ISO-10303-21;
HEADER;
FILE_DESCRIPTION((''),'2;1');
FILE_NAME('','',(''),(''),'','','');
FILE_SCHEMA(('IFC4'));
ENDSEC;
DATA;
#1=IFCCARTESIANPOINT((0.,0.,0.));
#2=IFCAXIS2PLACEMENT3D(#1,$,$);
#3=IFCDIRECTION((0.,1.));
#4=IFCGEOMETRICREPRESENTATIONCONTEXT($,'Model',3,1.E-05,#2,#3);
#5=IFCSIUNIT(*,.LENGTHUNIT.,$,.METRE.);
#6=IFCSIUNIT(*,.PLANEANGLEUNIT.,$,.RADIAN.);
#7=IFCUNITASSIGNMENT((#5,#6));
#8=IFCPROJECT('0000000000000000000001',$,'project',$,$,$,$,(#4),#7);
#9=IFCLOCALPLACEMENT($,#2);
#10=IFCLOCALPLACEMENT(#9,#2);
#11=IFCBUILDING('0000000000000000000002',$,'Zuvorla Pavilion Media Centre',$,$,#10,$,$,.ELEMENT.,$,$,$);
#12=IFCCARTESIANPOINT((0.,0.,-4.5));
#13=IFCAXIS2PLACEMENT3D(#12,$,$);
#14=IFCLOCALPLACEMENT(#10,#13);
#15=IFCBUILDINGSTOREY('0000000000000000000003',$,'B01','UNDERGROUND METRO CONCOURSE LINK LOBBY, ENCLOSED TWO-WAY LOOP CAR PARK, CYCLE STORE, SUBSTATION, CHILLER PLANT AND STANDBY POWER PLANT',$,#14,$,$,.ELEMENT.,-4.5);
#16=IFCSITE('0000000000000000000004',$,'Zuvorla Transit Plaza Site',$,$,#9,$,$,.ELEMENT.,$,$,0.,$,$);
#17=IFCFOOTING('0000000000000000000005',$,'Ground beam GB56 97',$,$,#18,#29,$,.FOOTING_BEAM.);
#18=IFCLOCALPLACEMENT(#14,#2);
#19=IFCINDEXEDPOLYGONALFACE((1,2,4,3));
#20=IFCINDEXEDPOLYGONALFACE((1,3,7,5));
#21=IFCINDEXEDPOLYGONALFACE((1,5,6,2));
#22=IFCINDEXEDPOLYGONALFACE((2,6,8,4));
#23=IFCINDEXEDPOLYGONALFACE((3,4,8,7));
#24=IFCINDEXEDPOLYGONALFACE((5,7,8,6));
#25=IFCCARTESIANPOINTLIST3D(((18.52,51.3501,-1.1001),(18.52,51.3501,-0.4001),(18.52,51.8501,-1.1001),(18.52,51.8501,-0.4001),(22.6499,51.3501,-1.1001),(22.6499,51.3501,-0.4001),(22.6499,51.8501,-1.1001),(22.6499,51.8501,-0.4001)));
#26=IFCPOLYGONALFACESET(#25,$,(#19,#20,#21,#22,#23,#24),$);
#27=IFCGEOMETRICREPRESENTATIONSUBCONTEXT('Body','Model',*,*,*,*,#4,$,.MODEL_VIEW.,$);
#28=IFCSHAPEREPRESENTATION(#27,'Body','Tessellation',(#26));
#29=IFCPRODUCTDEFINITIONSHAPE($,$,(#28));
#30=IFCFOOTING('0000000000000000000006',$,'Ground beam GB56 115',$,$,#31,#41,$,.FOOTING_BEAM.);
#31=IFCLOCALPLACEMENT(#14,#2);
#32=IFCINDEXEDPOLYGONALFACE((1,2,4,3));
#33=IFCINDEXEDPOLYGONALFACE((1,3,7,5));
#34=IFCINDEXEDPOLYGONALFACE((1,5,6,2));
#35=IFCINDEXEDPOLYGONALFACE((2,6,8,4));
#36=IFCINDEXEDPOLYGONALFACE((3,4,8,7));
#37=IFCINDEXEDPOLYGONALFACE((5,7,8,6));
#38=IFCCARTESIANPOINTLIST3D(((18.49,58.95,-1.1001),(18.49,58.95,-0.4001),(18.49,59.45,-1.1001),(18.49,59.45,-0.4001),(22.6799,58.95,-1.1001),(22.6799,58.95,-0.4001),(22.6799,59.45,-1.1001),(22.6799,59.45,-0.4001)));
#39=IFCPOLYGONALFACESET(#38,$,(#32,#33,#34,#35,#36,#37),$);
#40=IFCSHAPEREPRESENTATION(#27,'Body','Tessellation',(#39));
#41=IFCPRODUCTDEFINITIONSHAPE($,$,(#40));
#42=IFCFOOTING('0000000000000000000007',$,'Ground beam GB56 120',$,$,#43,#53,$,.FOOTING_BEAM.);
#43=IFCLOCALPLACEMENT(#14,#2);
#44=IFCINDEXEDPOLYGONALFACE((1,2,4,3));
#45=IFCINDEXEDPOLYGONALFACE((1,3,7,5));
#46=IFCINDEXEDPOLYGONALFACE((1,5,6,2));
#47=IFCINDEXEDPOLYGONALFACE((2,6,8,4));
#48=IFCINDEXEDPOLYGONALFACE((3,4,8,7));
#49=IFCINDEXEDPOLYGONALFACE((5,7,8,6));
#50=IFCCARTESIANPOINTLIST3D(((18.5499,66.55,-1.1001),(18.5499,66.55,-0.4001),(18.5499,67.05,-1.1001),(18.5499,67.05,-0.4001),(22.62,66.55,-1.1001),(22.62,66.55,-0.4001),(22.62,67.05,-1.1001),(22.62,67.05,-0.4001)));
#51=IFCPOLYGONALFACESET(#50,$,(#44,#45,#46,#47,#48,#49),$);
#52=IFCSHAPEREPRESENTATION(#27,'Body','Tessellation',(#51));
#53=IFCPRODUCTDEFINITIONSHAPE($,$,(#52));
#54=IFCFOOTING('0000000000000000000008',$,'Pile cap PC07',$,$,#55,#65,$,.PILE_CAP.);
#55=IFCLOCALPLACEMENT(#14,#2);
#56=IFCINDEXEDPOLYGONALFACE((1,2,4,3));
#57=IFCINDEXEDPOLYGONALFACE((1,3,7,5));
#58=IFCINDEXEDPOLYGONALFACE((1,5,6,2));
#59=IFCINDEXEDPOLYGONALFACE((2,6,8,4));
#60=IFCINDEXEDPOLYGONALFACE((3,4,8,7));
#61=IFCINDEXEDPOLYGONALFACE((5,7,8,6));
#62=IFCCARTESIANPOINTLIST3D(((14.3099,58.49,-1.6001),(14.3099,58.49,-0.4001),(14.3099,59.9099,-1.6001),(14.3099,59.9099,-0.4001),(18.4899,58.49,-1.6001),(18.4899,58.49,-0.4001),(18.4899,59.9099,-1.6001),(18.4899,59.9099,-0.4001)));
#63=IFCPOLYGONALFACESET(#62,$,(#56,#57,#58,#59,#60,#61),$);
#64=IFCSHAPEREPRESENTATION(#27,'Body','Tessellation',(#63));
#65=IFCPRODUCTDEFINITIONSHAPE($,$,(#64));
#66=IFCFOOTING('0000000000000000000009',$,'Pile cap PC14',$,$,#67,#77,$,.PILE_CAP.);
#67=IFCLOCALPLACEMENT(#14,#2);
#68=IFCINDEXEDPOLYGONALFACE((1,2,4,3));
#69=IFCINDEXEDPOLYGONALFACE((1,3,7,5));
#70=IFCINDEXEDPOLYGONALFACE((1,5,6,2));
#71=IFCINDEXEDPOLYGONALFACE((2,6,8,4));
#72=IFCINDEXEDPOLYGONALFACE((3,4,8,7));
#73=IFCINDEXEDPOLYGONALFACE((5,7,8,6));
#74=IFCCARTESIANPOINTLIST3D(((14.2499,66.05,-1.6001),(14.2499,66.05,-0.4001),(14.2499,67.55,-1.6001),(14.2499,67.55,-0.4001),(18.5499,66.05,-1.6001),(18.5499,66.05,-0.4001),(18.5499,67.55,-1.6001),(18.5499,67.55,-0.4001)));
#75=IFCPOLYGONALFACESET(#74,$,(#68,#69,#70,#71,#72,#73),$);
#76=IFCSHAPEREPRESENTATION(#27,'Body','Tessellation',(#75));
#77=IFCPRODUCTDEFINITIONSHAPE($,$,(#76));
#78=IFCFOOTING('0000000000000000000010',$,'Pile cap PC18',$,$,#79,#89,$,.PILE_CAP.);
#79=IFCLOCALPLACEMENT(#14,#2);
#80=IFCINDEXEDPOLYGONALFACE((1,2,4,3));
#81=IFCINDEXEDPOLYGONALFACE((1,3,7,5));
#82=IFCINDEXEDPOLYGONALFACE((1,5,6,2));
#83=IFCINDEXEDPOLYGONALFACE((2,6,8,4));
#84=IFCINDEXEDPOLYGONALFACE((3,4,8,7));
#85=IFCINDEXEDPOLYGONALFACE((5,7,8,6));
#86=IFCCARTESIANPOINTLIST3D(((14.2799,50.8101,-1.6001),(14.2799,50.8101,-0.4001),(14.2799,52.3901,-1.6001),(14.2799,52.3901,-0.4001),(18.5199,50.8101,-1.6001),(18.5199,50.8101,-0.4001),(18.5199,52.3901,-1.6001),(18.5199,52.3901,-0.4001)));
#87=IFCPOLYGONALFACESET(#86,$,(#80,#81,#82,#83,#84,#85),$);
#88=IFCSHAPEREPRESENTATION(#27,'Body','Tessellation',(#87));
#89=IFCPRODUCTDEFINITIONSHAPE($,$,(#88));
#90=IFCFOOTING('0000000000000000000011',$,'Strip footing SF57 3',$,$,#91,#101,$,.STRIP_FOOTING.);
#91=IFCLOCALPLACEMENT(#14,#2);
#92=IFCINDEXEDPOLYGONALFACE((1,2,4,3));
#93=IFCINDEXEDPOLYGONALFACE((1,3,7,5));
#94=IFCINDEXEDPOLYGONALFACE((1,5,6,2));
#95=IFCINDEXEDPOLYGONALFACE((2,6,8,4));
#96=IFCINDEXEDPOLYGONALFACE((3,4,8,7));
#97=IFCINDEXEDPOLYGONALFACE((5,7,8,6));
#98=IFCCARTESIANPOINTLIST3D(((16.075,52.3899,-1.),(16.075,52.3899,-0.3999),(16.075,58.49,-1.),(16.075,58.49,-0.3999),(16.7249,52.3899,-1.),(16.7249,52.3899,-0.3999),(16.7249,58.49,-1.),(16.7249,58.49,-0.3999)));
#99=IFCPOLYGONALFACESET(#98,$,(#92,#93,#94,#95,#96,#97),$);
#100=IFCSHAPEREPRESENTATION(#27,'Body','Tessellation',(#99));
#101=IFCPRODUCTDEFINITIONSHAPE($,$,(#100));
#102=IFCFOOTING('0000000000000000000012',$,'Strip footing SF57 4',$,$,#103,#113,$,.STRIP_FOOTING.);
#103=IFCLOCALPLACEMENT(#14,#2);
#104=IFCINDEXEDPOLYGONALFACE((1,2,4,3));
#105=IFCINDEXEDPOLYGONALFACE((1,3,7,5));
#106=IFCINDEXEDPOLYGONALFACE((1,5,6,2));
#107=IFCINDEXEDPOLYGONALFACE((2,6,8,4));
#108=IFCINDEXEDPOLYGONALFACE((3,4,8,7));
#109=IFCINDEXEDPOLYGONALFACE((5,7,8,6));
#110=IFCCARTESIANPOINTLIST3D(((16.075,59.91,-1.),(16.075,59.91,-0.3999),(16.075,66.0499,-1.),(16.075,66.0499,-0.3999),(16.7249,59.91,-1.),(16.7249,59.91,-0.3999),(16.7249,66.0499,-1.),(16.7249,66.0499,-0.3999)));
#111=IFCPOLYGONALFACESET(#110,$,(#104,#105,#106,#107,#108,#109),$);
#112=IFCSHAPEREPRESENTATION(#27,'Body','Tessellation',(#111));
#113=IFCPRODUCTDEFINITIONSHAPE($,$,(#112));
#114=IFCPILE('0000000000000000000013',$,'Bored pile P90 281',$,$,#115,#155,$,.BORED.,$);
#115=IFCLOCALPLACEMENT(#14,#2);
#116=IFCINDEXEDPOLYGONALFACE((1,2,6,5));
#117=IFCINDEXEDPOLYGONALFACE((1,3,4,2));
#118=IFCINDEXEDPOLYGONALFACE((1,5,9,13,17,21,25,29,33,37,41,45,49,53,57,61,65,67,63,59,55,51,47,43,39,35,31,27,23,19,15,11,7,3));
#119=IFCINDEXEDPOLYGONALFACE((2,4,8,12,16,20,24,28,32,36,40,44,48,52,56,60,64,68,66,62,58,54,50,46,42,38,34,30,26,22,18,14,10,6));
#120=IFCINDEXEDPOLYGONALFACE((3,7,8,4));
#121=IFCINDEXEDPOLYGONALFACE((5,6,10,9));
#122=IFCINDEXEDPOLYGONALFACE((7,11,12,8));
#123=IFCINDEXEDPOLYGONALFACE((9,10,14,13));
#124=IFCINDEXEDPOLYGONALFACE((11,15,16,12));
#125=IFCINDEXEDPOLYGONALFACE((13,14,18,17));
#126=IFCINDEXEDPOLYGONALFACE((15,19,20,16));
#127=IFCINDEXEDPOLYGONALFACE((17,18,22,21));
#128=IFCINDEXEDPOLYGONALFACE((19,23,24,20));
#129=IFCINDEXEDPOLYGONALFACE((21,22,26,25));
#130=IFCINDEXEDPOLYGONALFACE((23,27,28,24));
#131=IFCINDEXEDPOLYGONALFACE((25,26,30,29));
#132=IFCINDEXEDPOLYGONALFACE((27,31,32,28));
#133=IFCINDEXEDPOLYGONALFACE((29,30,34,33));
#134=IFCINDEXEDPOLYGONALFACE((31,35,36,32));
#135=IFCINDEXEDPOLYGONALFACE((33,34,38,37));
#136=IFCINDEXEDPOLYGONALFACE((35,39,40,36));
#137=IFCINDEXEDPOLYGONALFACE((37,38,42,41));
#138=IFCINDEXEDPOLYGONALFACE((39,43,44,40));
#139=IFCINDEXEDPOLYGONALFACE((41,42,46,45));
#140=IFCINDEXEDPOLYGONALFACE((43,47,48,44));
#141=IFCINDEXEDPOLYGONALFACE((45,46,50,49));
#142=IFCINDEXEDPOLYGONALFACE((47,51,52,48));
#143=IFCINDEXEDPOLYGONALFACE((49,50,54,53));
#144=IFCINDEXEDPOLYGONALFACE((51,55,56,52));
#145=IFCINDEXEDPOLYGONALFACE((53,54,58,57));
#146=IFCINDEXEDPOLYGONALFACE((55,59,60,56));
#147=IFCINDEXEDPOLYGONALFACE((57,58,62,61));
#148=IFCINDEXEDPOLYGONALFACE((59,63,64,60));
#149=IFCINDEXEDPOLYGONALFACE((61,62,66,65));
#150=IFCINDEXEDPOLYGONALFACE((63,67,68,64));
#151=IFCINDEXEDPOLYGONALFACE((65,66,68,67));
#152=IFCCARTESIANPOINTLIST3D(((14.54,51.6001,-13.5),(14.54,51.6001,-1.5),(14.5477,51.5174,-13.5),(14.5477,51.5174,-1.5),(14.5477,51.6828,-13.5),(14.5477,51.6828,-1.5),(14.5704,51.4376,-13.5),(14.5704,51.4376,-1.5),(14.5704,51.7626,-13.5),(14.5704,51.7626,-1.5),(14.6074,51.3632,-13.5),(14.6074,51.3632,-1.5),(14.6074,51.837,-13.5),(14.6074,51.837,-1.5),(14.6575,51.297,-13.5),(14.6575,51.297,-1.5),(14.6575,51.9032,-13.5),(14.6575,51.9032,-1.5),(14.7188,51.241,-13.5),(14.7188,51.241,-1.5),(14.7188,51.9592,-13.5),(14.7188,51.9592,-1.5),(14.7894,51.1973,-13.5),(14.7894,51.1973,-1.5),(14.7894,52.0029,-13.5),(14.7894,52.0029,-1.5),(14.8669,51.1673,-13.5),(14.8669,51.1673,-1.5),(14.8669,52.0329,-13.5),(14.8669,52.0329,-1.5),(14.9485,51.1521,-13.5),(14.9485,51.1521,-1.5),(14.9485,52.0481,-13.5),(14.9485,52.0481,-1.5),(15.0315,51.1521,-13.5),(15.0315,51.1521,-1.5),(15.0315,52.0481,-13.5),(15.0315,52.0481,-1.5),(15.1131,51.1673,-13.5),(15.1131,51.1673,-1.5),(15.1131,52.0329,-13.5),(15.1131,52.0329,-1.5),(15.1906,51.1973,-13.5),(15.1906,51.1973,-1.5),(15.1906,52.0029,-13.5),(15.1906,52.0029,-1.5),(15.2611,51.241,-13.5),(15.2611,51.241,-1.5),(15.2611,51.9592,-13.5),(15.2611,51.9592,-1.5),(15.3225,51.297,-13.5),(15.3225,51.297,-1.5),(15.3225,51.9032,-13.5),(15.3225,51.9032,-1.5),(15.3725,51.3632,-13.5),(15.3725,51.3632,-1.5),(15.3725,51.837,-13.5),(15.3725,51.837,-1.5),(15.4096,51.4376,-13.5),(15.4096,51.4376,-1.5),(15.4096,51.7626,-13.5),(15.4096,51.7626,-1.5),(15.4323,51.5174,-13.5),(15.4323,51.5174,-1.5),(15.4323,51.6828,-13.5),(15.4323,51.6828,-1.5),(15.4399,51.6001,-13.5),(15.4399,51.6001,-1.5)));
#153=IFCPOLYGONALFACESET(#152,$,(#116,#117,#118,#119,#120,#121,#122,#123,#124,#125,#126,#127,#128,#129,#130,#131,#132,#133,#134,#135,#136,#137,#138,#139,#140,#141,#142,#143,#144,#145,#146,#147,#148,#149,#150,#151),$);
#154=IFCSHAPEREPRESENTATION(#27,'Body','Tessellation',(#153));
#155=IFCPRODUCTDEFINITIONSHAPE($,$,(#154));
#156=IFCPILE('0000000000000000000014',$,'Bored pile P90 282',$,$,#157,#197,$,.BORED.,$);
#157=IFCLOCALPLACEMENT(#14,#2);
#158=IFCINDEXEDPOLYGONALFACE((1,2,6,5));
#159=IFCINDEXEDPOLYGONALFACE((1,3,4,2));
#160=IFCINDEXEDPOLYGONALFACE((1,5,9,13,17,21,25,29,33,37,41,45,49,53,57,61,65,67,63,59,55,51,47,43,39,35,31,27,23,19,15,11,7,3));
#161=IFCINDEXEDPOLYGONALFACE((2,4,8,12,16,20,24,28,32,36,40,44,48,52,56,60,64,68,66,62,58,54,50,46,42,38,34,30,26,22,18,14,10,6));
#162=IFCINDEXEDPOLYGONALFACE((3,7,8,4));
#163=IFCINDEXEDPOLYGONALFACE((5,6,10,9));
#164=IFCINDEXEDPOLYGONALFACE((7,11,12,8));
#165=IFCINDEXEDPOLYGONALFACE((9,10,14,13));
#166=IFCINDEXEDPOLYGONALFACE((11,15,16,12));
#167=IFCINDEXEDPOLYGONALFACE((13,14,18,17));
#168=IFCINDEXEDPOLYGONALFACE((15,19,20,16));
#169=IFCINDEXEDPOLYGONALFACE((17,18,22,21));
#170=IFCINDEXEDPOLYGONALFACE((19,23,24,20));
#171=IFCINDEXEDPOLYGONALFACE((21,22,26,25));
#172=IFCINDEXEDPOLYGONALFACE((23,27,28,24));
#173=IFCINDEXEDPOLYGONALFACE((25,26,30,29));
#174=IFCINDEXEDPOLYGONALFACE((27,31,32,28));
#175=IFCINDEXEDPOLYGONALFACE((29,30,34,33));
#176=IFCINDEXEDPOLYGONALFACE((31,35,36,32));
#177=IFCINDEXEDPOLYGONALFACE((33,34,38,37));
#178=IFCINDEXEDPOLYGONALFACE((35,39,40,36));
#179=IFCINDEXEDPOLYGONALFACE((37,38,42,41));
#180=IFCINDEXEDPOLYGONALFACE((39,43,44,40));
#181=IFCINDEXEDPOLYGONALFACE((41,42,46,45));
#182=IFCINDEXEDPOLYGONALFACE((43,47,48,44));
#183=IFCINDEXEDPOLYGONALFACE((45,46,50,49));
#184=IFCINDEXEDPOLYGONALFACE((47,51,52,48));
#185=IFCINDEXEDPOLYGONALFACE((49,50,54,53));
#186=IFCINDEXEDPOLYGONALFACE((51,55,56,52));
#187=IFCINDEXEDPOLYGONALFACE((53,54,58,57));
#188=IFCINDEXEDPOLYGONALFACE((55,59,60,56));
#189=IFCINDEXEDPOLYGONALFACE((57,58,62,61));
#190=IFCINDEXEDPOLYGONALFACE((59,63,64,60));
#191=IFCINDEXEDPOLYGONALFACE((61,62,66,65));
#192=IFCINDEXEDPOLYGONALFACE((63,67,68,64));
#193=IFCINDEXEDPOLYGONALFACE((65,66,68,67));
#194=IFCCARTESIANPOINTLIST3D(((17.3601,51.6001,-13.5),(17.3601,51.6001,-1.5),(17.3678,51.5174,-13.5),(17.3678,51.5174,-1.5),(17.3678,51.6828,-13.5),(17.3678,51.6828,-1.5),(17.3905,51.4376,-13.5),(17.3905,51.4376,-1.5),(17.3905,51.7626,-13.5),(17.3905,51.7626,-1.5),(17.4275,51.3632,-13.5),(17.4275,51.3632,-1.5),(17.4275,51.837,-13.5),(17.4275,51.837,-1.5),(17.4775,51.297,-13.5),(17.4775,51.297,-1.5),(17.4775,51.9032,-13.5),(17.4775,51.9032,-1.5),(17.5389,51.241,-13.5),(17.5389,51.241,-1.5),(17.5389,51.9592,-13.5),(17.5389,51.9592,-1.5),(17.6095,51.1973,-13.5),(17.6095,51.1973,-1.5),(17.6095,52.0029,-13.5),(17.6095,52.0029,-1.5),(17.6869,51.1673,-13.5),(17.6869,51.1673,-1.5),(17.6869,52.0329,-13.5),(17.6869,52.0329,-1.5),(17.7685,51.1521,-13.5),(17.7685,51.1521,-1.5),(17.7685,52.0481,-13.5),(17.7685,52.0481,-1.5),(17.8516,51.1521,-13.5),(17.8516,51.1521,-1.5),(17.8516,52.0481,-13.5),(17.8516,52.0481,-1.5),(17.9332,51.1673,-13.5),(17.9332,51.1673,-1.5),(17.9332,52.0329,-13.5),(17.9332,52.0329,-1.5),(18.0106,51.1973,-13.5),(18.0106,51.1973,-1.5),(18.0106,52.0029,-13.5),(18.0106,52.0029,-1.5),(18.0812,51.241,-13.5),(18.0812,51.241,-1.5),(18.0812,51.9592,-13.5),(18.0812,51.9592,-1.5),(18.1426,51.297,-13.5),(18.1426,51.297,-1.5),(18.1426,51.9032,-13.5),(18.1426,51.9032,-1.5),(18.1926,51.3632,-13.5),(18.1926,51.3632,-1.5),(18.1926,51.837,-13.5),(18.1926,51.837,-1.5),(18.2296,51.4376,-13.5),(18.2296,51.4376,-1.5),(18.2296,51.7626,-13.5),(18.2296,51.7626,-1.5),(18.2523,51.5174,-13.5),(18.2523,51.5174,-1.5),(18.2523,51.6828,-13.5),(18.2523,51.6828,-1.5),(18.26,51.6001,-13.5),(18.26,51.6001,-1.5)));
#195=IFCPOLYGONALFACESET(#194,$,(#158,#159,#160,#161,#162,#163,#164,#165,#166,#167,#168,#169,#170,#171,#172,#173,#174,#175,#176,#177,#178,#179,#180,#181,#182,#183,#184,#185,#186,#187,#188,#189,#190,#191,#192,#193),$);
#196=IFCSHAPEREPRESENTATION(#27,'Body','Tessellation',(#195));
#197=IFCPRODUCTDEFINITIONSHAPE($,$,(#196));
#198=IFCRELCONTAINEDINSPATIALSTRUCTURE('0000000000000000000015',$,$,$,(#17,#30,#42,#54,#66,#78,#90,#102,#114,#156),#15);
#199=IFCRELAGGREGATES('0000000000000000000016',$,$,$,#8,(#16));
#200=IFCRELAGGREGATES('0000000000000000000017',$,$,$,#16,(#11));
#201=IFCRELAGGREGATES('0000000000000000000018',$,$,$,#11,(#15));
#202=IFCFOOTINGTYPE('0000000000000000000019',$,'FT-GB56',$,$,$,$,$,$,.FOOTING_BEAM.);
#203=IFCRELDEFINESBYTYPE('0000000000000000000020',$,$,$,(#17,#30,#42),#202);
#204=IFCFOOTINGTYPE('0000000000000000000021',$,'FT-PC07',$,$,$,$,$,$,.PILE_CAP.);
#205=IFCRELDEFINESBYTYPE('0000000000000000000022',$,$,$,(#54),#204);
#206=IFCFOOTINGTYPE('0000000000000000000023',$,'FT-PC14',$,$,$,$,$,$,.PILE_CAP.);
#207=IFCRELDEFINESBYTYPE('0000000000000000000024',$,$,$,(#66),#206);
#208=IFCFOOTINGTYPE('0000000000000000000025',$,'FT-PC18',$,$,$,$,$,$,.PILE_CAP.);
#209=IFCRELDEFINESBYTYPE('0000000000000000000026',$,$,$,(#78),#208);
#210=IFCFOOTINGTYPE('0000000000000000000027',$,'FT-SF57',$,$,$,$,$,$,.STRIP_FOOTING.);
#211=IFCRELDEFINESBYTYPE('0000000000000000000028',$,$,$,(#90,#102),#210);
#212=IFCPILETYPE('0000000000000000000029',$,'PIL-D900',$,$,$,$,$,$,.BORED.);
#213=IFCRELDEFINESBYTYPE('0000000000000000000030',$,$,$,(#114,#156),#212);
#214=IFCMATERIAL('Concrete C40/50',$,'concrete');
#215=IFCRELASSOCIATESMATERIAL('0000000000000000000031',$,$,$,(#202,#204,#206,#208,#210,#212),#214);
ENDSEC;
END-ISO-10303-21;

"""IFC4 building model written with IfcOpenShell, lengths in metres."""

from ifc_helpers import new_model, si_unit, direction, frame, origin, origin_2d, place, context, subcontext, project, spatial, rectangle, circle, extrude, material, material_profile, profile_set, type_object, element, save


model = new_model("IFC4")

# Units and contexts
model_context = context("Model", 3, precision=1e-05, world=origin(), true_north=direction((0.0, 1.0)))
body_context = subcontext(model_context, "Body", "Model", "MODEL_VIEW")
ifc_project = project(units=[si_unit("LENGTHUNIT", "METRE"), si_unit("PLANEANGLEUNIT", "RADIAN")], contexts=[model_context])

# Site, building, storey
site_placement = place(None, origin())
site = spatial("IfcSite", under=ifc_project, at=site_placement, Name="Zuvorla Transit Plaza Site", CompositionType="ELEMENT", RefElevation=0.0)
building_placement = place(site_placement, origin())
building = spatial("IfcBuilding", under=site, at=building_placement, Name="Zuvorla Pavilion Media Centre", CompositionType="ELEMENT")
storey_placement = place(building_placement, frame((0.0, 0.0, -4.5)))
storey = spatial("IfcBuildingStorey", under=building, at=storey_placement, Name="B01", Description="UNDERGROUND METRO CONCOURSE LINK LOBBY, ENCLOSED TWO-WAY LOOP CAR PARK, CYCLE STORE, SUBSTATION, CHILLER PLANT AND STANDBY POWER PLANT", CompositionType="ELEMENT", Elevation=-4.5)

# Footings
ifc_material_1 = material(Name="Concrete C40/50", Category="concrete")
footing_type_1 = type_object("IfcFootingType", Name="FT-GB56", PredefinedType="FOOTING_BEAM", material=ifc_material_1)
footing_1_placement = place(storey_placement, frame((20.585, 51.6001, -1.1001), z_axis=(0.0, 0.0, 1.0), x_axis=(1.0, 0.0, 0.0)))
element("IfcFooting", 1, at=footing_1_placement, inside=storey, type_object=footing_type_1, Name="Ground beam GB56 97", PredefinedType="FOOTING_BEAM", context=body_context, shape_type="SweptSolid", body=[
    extrude(rectangle(XDim=4.1299, YDim=0.5, at=origin_2d()), origin(), (0.0, 0.0, 1.0), 0.7),
])
footing_2_placement = place(storey_placement, frame((20.585, 59.2, -1.1001), z_axis=(0.0, 0.0, 1.0), x_axis=(1.0, 0.0, 0.0)))
element("IfcFooting", 2, at=footing_2_placement, inside=storey, type_object=footing_type_1, Name="Ground beam GB56 115", PredefinedType="FOOTING_BEAM", context=body_context, shape_type="SweptSolid", body=[
    extrude(rectangle(XDim=4.1899, YDim=0.5, at=origin_2d()), origin(), (0.0, 0.0, 1.0), 0.7),
])
footing_3_placement = place(storey_placement, frame((20.585, 66.8, -1.1001), z_axis=(0.0, 0.0, 1.0), x_axis=(1.0, 0.0, 0.0)))
element("IfcFooting", 3, at=footing_3_placement, inside=storey, type_object=footing_type_1, Name="Ground beam GB56 120", PredefinedType="FOOTING_BEAM", context=body_context, shape_type="SweptSolid", body=[
    extrude(rectangle(XDim=4.0701, YDim=0.5, at=origin_2d()), origin(), (0.0, 0.0, 1.0), 0.7),
])
footing_type_2 = type_object("IfcFootingType", Name="FT-PC07", PredefinedType="PILE_CAP", material=ifc_material_1)
footing_4_placement = place(storey_placement, frame((16.3999, 59.2, -1.6001), z_axis=(0.0, 0.0, 1.0), x_axis=(1.0, 0.0, 0.0)))
element("IfcFooting", 4, at=footing_4_placement, inside=storey, type_object=footing_type_2, Name="Pile cap PC07", PredefinedType="PILE_CAP", context=body_context, shape_type="SweptSolid", body=[
    extrude(rectangle(XDim=4.1799, YDim=1.4199, at=origin_2d()), origin(), (0.0, 0.0, 1.0), 1.2),
])
footing_type_3 = type_object("IfcFootingType", Name="FT-PC14", PredefinedType="PILE_CAP", material=ifc_material_1)
footing_5_placement = place(storey_placement, frame((16.3999, 66.8, -1.6001), z_axis=(0.0, 0.0, 1.0), x_axis=(1.0, 0.0, 0.0)))
element("IfcFooting", 5, at=footing_5_placement, inside=storey, type_object=footing_type_3, Name="Pile cap PC14", PredefinedType="PILE_CAP", context=body_context, shape_type="SweptSolid", body=[
    extrude(rectangle(XDim=4.3, YDim=1.5, at=origin_2d()), origin(), (0.0, 0.0, 1.0), 1.2),
])
footing_type_4 = type_object("IfcFootingType", Name="FT-PC18", PredefinedType="PILE_CAP", material=ifc_material_1)
footing_6_placement = place(storey_placement, frame((16.3999, 51.6001, -1.6001), z_axis=(0.0, 0.0, 1.0), x_axis=(1.0, 0.0, 0.0)))
element("IfcFooting", 6, at=footing_6_placement, inside=storey, type_object=footing_type_4, Name="Pile cap PC18", PredefinedType="PILE_CAP", context=body_context, shape_type="SweptSolid", body=[
    extrude(rectangle(XDim=4.24, YDim=1.5801, at=origin_2d()), origin(), (0.0, 0.0, 1.0), 1.2),
])
footing_type_5 = type_object("IfcFootingType", Name="FT-SF57", PredefinedType="STRIP_FOOTING", material=ifc_material_1)
footing_7_placement = place(storey_placement, frame((16.3999, 55.4399, -1.0), z_axis=(0.0, 0.0, 1.0), x_axis=(0.0, 1.0, 0.0)))
element("IfcFooting", 7, at=footing_7_placement, inside=storey, type_object=footing_type_5, Name="Strip footing SF57 3", PredefinedType="STRIP_FOOTING", context=body_context, shape_type="SweptSolid", body=[
    extrude(rectangle(XDim=6.1001, YDim=0.6499, at=origin_2d()), origin(), (0.0, 0.0, 1.0), 0.6001),
])
footing_8_placement = place(storey_placement, frame((16.3999, 62.98, -1.0), z_axis=(0.0, 0.0, 1.0), x_axis=(0.0, 1.0, 0.0)))
element("IfcFooting", 8, at=footing_8_placement, inside=storey, type_object=footing_type_5, Name="Strip footing SF57 4", PredefinedType="STRIP_FOOTING", context=body_context, shape_type="SweptSolid", body=[
    extrude(rectangle(XDim=6.1399, YDim=0.6499, at=origin_2d()), origin(), (0.0, 0.0, 1.0), 0.6001),
])

# Piles
ifc_material_profile_1 = material_profile(ifc_material_1, circle(Radius=0.45, at=origin_2d()), Name="BORED PILE 900")
ifc_profile_set_1 = profile_set([ifc_material_profile_1], Name="Concrete C40/50")
pile_type = type_object("IfcPileType", Name="PIL-D900", PredefinedType="BORED", material=ifc_profile_set_1)
for number, where, z_axis, x_axis, name in (
    (9, (14.99, 51.6001, -1.5), (0.0, 0.0, -1.0), (1.0, 0.0, 0.0), "Bored pile P90 281"),
    (10, (17.8101, 51.6001, -1.5), (0.0, 0.0, -1.0), (1.0, 0.0, 0.0), "Bored pile P90 282"),
):
    element("IfcPile", number, at=place(storey_placement, frame(where, z_axis=z_axis, x_axis=x_axis)), inside=storey, type_object=pile_type, Name=name, PredefinedType="BORED", context=body_context, shape_type="SweptSolid", body=[
        extrude(circle(Radius=0.45, at=origin_2d()), origin(), (0.0, 0.0, 1.0), 12.0),
    ])

save(model, "model.ifc")
